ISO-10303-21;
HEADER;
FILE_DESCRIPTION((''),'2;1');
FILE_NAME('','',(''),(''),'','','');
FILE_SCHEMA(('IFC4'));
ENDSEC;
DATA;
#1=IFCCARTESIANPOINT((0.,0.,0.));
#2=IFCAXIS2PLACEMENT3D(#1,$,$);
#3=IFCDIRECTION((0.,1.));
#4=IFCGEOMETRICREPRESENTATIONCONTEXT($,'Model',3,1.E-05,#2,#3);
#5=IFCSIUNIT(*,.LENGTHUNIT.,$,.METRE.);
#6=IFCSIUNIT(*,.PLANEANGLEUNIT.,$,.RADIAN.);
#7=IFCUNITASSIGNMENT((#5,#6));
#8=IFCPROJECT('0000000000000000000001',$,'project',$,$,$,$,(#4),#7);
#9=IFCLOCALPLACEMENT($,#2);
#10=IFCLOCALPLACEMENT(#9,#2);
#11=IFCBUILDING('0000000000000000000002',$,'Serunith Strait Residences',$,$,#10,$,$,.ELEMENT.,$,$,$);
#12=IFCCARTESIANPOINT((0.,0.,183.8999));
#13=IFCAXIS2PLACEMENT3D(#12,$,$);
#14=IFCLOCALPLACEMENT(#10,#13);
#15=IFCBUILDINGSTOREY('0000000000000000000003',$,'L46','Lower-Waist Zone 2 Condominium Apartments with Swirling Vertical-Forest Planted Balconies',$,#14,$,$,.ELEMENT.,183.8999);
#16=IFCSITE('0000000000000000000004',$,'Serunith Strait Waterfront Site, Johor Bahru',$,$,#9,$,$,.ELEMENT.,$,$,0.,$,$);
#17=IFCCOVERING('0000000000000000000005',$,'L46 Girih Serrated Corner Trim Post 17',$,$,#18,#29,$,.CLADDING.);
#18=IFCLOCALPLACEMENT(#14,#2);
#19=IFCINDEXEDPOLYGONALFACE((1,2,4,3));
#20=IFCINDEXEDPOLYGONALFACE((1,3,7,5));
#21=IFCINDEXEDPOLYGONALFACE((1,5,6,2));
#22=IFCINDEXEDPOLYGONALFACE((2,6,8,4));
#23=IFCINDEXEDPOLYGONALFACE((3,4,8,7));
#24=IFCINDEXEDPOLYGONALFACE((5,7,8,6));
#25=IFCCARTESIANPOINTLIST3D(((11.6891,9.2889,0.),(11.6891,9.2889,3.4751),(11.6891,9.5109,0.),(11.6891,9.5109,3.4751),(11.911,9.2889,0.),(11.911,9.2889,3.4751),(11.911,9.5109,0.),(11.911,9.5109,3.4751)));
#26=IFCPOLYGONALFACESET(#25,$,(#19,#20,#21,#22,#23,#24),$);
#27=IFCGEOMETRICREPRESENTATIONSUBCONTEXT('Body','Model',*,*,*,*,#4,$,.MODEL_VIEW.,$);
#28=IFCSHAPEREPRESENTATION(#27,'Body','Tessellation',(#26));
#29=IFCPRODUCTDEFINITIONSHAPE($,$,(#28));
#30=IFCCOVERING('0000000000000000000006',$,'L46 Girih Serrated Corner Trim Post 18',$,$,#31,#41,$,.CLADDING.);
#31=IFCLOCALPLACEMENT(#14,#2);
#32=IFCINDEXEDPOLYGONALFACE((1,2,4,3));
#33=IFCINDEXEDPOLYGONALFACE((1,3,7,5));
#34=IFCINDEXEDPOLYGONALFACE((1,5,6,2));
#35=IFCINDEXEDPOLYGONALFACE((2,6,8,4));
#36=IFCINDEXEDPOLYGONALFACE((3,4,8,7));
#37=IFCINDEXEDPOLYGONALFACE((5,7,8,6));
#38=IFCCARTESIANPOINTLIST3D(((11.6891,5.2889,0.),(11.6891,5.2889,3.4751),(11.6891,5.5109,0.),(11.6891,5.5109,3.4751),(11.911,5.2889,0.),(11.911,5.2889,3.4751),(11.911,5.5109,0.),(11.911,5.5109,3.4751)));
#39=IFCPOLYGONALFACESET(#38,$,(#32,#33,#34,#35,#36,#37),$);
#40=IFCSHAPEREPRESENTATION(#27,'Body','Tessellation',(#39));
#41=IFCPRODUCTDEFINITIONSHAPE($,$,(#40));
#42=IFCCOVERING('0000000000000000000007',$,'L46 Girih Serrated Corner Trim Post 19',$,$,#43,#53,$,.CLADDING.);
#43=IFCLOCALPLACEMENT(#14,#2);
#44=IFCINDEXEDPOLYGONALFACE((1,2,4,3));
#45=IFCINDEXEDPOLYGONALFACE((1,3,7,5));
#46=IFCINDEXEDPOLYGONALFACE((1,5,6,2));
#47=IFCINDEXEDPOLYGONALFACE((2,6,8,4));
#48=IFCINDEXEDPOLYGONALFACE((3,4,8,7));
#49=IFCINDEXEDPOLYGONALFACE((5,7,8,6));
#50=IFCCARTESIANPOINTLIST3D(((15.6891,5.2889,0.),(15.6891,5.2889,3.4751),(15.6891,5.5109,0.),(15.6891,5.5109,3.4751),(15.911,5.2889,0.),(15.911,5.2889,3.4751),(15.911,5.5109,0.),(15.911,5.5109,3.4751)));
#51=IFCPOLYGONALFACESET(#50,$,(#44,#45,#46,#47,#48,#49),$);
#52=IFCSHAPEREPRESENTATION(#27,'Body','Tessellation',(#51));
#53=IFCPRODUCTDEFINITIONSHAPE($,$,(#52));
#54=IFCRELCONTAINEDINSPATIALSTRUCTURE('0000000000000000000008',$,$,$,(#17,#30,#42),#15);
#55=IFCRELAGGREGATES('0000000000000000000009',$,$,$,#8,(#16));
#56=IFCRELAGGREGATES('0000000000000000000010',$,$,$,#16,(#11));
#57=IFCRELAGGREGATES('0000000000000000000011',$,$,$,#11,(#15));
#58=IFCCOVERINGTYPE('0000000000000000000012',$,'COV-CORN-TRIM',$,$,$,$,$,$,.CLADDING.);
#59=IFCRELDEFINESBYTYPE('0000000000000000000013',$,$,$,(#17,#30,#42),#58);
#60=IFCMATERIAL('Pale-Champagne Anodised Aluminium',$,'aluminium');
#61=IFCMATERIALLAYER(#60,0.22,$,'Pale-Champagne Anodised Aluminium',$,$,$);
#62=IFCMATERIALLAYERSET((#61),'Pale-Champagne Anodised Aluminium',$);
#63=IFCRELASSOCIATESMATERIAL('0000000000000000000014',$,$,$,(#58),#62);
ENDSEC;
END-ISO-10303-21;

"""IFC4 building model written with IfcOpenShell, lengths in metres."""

from ifc_helpers import new_model, si_unit, direction, frame, origin, origin_2d, place, context, subcontext, project, spatial, rectangle, extrude, source, transform, mapped, material, layer, layer_set, type_object, element, save


model = new_model("IFC4")

# Units and contexts
model_context = context("Model", 3, precision=1e-05, world=origin(), true_north=direction((0.0, 1.0)))
body_context = subcontext(model_context, "Body", "Model", "MODEL_VIEW")
ifc_project = project(units=[si_unit("LENGTHUNIT", "METRE"), si_unit("PLANEANGLEUNIT", "RADIAN")], contexts=[model_context])

# Site, building, storey
site_placement = place(None, origin())
site = spatial("IfcSite", under=ifc_project, at=site_placement, Name="Serunith Strait Waterfront Site, Johor Bahru", CompositionType="ELEMENT", RefElevation=0.0)
building_placement = place(site_placement, origin())
building = spatial("IfcBuilding", under=site, at=building_placement, Name="Serunith Strait Residences", CompositionType="ELEMENT")
storey_placement = place(building_placement, frame((0.0, 0.0, 183.8999)))
storey = spatial("IfcBuildingStorey", under=building, at=storey_placement, Name="L46", Description="Lower-Waist Zone 2 Condominium Apartments with Swirling Vertical-Forest Planted Balconies", CompositionType="ELEMENT", Elevation=183.8999)

# Shared definitions
ifc_material_1 = material(Name="Pale-Champagne Anodised Aluminium", Category="aluminium")

# Coverings
ifc_layer_1 = layer(ifc_material_1, 0.22, Name="Pale-Champagne Anodised Aluminium")
ifc_layer_set_1 = layer_set([ifc_layer_1], Name="Pale-Champagne Anodised Aluminium")
covering_type_1 = type_object("IfcCoveringType", Name="COV-CORN-TRIM", PredefinedType="CLADDING", material=ifc_layer_set_1)
shared_shape_1 = source(origin(), body_context, "Body", "SweptSolid", [
    extrude(rectangle(XDim=0.2219, YDim=0.2219, at=origin_2d()), origin(), (0.0, 0.0, 1.0), 3.4751),
])
for number, where, z_axis, x_axis, name in (
    (1, (11.8, 9.3999, 0.0), (0.0, 0.0, 1.0), (1.0, 0.0, 0.0), "L46 Girih Serrated Corner Trim Post 17"),
    (2, (11.8, 5.3999, 0.0), (0.0, 0.0, 1.0), (1.0, 0.0, 0.0), "L46 Girih Serrated Corner Trim Post 18"),
    (3, (15.8, 5.3999, 0.0), (0.0, 0.0, 1.0), (1.0, 0.0, 0.0), "L46 Girih Serrated Corner Trim Post 19"),
):
    element("IfcCovering", number, at=place(storey_placement, frame(where, z_axis=z_axis, x_axis=x_axis)), inside=storey, type_object=covering_type_1, Name=name, PredefinedType="CLADDING", context=body_context, shape_type="MappedRepresentation", body=[
        mapped(shared_shape_1, transform((0.0, 0.0, 0.0), scale=1.0)),
    ])

save(model, "model.ifc")
